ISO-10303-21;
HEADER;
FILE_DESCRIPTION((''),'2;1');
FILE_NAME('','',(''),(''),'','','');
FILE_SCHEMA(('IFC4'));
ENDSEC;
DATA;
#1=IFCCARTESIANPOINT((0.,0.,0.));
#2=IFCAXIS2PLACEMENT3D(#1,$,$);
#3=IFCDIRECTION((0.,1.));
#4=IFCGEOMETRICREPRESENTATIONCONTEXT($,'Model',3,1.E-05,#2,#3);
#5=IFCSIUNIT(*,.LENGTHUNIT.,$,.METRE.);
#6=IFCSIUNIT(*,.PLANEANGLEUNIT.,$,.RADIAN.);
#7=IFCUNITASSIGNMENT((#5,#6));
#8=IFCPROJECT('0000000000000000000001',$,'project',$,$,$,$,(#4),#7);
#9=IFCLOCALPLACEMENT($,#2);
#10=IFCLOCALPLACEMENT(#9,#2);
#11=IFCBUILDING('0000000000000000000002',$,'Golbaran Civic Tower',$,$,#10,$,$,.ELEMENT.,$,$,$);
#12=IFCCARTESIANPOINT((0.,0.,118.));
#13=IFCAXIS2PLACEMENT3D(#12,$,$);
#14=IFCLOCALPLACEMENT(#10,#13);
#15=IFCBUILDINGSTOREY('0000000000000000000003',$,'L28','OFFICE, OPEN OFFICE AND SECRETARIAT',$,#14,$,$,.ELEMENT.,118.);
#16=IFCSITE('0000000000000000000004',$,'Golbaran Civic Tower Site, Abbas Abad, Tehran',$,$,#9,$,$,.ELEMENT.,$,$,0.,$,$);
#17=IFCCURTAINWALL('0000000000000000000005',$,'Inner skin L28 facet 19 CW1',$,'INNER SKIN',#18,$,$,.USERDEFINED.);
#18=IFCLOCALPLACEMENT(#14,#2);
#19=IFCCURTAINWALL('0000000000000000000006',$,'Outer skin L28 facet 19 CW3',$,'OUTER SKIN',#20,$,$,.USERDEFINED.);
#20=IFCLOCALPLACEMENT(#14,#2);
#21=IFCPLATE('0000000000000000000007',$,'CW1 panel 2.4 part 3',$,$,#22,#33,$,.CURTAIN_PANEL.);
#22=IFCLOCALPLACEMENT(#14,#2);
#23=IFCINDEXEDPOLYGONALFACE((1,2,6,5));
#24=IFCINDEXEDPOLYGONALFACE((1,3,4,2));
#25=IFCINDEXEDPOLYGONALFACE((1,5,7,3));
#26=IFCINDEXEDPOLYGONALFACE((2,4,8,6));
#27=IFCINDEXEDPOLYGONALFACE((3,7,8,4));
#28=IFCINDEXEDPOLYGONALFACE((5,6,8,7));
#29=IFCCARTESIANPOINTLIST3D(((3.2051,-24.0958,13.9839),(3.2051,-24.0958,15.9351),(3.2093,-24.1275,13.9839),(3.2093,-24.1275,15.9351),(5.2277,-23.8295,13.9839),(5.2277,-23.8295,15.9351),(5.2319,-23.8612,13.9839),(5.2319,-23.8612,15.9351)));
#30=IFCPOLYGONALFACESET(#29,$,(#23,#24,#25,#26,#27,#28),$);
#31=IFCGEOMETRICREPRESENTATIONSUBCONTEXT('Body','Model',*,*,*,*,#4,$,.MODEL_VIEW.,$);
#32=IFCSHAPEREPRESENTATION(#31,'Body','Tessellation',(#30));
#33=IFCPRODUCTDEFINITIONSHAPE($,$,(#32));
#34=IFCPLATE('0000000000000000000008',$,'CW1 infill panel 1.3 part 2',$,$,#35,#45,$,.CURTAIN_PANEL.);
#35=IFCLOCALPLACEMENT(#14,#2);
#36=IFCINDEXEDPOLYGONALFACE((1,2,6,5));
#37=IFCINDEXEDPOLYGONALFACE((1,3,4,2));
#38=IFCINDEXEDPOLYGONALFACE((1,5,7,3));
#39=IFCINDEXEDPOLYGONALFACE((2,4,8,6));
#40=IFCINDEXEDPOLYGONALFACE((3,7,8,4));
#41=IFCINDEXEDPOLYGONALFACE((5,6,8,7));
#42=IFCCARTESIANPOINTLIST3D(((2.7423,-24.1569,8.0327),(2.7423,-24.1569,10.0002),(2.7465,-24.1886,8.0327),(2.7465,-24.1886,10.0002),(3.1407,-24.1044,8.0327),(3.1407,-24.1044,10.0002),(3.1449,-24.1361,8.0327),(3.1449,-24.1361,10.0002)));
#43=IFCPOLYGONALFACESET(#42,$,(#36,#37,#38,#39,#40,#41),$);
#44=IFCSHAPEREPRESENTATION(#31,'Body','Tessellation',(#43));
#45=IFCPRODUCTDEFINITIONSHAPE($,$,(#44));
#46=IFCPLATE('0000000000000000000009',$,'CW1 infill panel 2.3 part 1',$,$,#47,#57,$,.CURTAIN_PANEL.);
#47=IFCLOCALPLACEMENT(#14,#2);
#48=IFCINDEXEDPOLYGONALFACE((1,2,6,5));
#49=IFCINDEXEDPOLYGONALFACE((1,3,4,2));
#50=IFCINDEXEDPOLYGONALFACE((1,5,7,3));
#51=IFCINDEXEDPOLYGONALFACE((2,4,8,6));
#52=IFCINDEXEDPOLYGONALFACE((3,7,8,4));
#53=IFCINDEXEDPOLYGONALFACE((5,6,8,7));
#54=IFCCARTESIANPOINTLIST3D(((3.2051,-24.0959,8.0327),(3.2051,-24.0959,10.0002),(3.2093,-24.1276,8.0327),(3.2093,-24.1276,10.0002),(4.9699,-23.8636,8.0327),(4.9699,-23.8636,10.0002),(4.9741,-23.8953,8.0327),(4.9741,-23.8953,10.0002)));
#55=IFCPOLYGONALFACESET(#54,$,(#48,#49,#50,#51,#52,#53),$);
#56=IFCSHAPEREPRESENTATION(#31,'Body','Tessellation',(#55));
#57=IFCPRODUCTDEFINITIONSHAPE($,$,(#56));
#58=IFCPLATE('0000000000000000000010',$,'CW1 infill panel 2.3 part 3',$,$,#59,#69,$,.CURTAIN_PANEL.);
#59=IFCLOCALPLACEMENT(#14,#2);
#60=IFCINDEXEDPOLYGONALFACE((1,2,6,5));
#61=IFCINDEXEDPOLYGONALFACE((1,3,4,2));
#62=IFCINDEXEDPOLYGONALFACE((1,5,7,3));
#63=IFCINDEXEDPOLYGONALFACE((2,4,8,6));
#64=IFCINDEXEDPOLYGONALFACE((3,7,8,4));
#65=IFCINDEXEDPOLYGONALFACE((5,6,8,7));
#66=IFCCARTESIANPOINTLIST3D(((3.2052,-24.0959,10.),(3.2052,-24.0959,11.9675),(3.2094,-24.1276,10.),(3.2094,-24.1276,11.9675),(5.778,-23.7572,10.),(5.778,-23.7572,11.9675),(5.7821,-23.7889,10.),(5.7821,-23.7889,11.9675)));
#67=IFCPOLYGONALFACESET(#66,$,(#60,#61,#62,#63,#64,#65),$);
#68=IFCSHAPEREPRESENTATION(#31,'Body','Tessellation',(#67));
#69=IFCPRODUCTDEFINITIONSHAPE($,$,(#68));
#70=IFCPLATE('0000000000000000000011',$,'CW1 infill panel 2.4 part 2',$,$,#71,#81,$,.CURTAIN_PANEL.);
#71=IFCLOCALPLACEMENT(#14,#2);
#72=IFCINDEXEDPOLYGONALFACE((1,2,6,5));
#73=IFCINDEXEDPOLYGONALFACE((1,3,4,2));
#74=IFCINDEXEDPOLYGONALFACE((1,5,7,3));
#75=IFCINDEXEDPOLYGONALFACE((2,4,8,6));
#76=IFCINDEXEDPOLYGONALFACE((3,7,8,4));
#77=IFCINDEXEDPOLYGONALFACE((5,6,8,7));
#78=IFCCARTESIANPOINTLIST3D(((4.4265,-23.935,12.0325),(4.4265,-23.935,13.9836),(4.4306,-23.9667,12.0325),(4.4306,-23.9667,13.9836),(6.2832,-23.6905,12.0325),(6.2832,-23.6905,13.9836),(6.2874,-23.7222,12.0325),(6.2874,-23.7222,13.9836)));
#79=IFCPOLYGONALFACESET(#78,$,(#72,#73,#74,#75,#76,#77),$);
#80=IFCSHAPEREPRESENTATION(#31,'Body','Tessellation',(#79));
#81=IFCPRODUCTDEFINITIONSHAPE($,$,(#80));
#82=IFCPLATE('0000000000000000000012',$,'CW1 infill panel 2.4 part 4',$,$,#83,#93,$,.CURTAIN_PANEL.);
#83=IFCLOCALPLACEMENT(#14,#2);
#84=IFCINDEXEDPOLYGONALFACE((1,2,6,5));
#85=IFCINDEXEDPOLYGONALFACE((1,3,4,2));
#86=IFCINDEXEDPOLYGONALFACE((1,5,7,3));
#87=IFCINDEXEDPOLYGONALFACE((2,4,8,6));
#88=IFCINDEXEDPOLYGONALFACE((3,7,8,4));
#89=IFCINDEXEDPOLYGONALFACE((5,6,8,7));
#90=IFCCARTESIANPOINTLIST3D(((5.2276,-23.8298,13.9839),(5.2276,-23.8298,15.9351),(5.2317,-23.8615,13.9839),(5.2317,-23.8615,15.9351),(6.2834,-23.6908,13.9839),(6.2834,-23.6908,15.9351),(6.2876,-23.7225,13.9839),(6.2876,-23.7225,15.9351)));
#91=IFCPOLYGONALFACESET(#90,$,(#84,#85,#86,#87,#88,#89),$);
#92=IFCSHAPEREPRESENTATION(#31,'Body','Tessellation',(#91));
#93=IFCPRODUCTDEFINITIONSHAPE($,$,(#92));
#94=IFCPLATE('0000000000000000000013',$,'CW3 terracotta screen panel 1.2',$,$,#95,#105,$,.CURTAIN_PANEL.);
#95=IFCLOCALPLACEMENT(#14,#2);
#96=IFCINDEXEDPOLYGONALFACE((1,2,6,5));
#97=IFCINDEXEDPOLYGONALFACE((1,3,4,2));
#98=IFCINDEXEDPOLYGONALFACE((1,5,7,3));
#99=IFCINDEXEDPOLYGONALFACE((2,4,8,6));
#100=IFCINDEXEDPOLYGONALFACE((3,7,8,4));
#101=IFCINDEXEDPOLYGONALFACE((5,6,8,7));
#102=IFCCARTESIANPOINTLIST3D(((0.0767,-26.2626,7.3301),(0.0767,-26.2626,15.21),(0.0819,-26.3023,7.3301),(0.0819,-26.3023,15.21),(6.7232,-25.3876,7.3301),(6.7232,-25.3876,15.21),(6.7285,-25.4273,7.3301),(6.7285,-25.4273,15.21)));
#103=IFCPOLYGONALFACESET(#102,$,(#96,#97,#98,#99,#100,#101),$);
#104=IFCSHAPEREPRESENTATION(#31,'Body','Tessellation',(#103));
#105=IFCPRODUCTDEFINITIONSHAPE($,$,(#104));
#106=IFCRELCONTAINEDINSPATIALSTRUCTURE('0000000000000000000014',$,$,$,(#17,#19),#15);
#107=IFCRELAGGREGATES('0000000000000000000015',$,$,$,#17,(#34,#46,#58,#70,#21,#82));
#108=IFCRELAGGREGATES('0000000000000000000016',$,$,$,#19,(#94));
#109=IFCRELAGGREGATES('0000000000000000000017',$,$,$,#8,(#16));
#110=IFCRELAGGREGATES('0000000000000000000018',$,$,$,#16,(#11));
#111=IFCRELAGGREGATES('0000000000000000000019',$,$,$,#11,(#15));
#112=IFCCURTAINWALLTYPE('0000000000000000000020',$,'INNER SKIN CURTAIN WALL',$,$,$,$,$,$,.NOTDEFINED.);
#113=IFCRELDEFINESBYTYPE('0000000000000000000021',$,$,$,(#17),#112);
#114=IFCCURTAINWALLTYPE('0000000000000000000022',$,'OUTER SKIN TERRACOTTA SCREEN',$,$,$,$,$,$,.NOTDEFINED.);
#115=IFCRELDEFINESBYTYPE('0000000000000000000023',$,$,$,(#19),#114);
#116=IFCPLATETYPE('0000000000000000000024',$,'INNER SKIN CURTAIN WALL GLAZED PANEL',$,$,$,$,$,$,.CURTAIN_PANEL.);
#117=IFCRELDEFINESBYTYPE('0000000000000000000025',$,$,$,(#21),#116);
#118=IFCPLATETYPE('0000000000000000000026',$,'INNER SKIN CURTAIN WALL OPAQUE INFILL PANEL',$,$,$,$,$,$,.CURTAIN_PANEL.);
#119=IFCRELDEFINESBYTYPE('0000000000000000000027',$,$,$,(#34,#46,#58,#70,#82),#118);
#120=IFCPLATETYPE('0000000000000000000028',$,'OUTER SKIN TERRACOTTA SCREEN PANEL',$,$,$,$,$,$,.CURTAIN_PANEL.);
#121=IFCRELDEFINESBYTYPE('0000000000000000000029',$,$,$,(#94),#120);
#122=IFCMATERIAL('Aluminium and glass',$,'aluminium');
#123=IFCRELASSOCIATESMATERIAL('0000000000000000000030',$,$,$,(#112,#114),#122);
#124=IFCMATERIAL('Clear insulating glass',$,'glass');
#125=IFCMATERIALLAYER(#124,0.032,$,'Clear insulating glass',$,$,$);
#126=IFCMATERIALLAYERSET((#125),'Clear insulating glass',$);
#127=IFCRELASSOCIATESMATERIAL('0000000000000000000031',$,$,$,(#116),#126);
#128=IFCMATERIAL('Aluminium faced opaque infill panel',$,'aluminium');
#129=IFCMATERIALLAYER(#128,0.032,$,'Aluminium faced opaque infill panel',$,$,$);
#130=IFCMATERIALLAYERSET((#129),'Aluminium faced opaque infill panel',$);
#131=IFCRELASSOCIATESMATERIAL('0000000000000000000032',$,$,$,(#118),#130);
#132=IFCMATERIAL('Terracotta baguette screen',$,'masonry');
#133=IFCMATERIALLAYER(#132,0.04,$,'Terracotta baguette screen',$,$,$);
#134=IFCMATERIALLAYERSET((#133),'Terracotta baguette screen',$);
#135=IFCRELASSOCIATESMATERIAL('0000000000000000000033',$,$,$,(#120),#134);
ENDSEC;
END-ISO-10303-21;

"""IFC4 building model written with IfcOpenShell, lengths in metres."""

from ifc_helpers import new_model, si_unit, direction, frame, origin, origin_2d, place, context, subcontext, project, spatial, rectangle, extrude, material, layer, layer_set, type_object, element, aggregate, save


model = new_model("IFC4")

# Units and contexts
model_context = context("Model", 3, precision=1e-05, world=origin(), true_north=direction((0.0, 1.0)))
body_context = subcontext(model_context, "Body", "Model", "MODEL_VIEW")
ifc_project = project(units=[si_unit("LENGTHUNIT", "METRE"), si_unit("PLANEANGLEUNIT", "RADIAN")], contexts=[model_context])

# Site, building, storey
site_placement = place(None, origin())
site = spatial("IfcSite", under=ifc_project, at=site_placement, Name="Golbaran Civic Tower Site, Abbas Abad, Tehran", CompositionType="ELEMENT", RefElevation=0.0)
building_placement = place(site_placement, origin())
building = spatial("IfcBuilding", under=site, at=building_placement, Name="Golbaran Civic Tower", CompositionType="ELEMENT")
storey_placement = place(building_placement, frame((0.0, 0.0, 118.0)))
storey = spatial("IfcBuildingStorey", under=building, at=storey_placement, Name="L28", Description="OFFICE, OPEN OFFICE AND SECRETARIAT", CompositionType="ELEMENT", Elevation=118.0)

# Curtain walls
ifc_material_1 = material(Name="Aluminium and glass", Category="aluminium")
curtain_wall_type_1 = type_object("IfcCurtainWallType", Name="INNER SKIN CURTAIN WALL", PredefinedType="NOTDEFINED", material=ifc_material_1)
curtain_wall_1_placement = place(storey_placement, origin())
curtain_wall_1 = element("IfcCurtainWall", 1, at=curtain_wall_1_placement, inside=storey, type_object=curtain_wall_type_1, Name="Inner skin L28 facet 19 CW1", ObjectType="INNER SKIN", PredefinedType="USERDEFINED")
curtain_wall_type_2 = type_object("IfcCurtainWallType", Name="OUTER SKIN TERRACOTTA SCREEN", PredefinedType="NOTDEFINED", material=ifc_material_1)
curtain_wall_2_placement = place(storey_placement, origin())
curtain_wall_2 = element("IfcCurtainWall", 2, at=curtain_wall_2_placement, inside=storey, type_object=curtain_wall_type_2, Name="Outer skin L28 facet 19 CW3", ObjectType="OUTER SKIN", PredefinedType="USERDEFINED")

# Plates
ifc_material_2 = material(Name="Clear insulating glass", Category="glass")
ifc_layer_1 = layer(ifc_material_2, 0.032, Name="Clear insulating glass")
ifc_layer_set_1 = layer_set([ifc_layer_1], Name="Clear insulating glass")
plate_type_1 = type_object("IfcPlateType", Name="INNER SKIN CURTAIN WALL GLAZED PANEL", PredefinedType="CURTAIN_PANEL", material=ifc_layer_set_1)
plate_1_placement = place(storey_placement, frame((4.2185, -23.9785, 13.9839), z_axis=(0.0, 0.0, 1.0), x_axis=(0.991445, 0.130526, 0.0)))
plate_1 = element("IfcPlate", 3, at=plate_1_placement, type_object=plate_type_1, Name="CW1 panel 2.4 part 3", PredefinedType="CURTAIN_PANEL", context=body_context, shape_type="SweptSolid", body=[
    extrude(rectangle(XDim=2.04, YDim=0.032, at=origin_2d()), origin(), (0.0, 0.0, 1.0), 1.9512),
])
ifc_material_3 = material(Name="Aluminium faced opaque infill panel", Category="aluminium")
ifc_layer_2 = layer(ifc_material_3, 0.032, Name="Aluminium faced opaque infill panel")
ifc_layer_set_2 = layer_set([ifc_layer_2], Name="Aluminium faced opaque infill panel")
plate_type_2 = type_object("IfcPlateType", Name="INNER SKIN CURTAIN WALL OPAQUE INFILL PANEL", PredefinedType="CURTAIN_PANEL", material=ifc_layer_set_2)
plate_2_placement = place(storey_placement, frame((2.9436, -24.1465, 8.0327), z_axis=(0.0, 0.0, 1.0), x_axis=(0.991445, 0.130526, 0.0)))
plate_2 = element("IfcPlate", 4, at=plate_2_placement, type_object=plate_type_2, Name="CW1 infill panel 1.3 part 2", PredefinedType="CURTAIN_PANEL", context=body_context, shape_type="SweptSolid", body=[
    extrude(rectangle(XDim=0.4019, YDim=0.032, at=origin_2d()), origin(), (0.0, 0.0, 1.0), 1.9675),
])
plate_3_placement = place(storey_placement, frame((4.0896, -23.9956, 8.0327), z_axis=(0.0, 0.0, 1.0), x_axis=(0.991445, 0.130526, 0.0)))
plate_3 = element("IfcPlate", 5, at=plate_3_placement, type_object=plate_type_2, Name="CW1 infill panel 2.3 part 1", PredefinedType="CURTAIN_PANEL", context=body_context, shape_type="SweptSolid", body=[
    extrude(rectangle(XDim=1.78, YDim=0.032, at=origin_2d()), origin(), (0.0, 0.0, 1.0), 1.9675),
])
plate_4_placement = place(storey_placement, frame((4.4937, -23.9424, 10.0), z_axis=(0.0, 0.0, 1.0), x_axis=(0.991445, 0.130526, 0.0)))
plate_4 = element("IfcPlate", 6, at=plate_4_placement, type_object=plate_type_2, Name="CW1 infill panel 2.3 part 3", PredefinedType="CURTAIN_PANEL", context=body_context, shape_type="SweptSolid", body=[
    extrude(rectangle(XDim=2.595, YDim=0.032, at=origin_2d()), origin(), (0.0, 0.0, 1.0), 1.9675),
])
plate_5_placement = place(storey_placement, frame((5.3569, -23.8286, 12.0325), z_axis=(0.0, 0.0, 1.0), x_axis=(0.991445, 0.130526, 0.0)))
plate_5 = element("IfcPlate", 7, at=plate_5_placement, type_object=plate_type_2, Name="CW1 infill panel 2.4 part 2", PredefinedType="CURTAIN_PANEL", context=body_context, shape_type="SweptSolid", body=[
    extrude(rectangle(XDim=1.8728, YDim=0.032, at=origin_2d()), origin(), (0.0, 0.0, 1.0), 1.9512),
])
plate_6_placement = place(storey_placement, frame((5.7576, -23.7761, 13.9839), z_axis=(0.0, 0.0, 1.0), x_axis=(0.991445, 0.130526, 0.0)))
plate_6 = element("IfcPlate", 8, at=plate_6_placement, type_object=plate_type_2, Name="CW1 infill panel 2.4 part 4", PredefinedType="CURTAIN_PANEL", context=body_context, shape_type="SweptSolid", body=[
    extrude(rectangle(XDim=1.0649, YDim=0.032, at=origin_2d()), origin(), (0.0, 0.0, 1.0), 1.9512),
])
aggregate(curtain_wall_1, [plate_2, plate_3, plate_4, plate_5, plate_1, plate_6])
ifc_material_4 = material(Name="Terracotta baguette screen", Category="masonry")
ifc_layer_3 = layer(ifc_material_4, 0.04, Name="Terracotta baguette screen")
ifc_layer_set_3 = layer_set([ifc_layer_3], Name="Terracotta baguette screen")
plate_type_3 = type_object("IfcPlateType", Name="OUTER SKIN TERRACOTTA SCREEN PANEL", PredefinedType="CURTAIN_PANEL", material=ifc_layer_set_3)
plate_7_placement = place(storey_placement, frame((3.4026, -25.845, 7.3301), z_axis=(0.0, 0.0, 1.0), x_axis=(0.991445, 0.130526, 0.0)))
plate_7 = element("IfcPlate", 9, at=plate_7_placement, type_object=plate_type_3, Name="CW3 terracotta screen panel 1.2", PredefinedType="CURTAIN_PANEL", context=body_context, shape_type="SweptSolid", body=[
    extrude(rectangle(XDim=6.7039, YDim=0.04, at=origin_2d()), origin(), (0.0, 0.0, 1.0), 7.8799),
])
aggregate(curtain_wall_2, [plate_7])

save(model, "model.ifc")
